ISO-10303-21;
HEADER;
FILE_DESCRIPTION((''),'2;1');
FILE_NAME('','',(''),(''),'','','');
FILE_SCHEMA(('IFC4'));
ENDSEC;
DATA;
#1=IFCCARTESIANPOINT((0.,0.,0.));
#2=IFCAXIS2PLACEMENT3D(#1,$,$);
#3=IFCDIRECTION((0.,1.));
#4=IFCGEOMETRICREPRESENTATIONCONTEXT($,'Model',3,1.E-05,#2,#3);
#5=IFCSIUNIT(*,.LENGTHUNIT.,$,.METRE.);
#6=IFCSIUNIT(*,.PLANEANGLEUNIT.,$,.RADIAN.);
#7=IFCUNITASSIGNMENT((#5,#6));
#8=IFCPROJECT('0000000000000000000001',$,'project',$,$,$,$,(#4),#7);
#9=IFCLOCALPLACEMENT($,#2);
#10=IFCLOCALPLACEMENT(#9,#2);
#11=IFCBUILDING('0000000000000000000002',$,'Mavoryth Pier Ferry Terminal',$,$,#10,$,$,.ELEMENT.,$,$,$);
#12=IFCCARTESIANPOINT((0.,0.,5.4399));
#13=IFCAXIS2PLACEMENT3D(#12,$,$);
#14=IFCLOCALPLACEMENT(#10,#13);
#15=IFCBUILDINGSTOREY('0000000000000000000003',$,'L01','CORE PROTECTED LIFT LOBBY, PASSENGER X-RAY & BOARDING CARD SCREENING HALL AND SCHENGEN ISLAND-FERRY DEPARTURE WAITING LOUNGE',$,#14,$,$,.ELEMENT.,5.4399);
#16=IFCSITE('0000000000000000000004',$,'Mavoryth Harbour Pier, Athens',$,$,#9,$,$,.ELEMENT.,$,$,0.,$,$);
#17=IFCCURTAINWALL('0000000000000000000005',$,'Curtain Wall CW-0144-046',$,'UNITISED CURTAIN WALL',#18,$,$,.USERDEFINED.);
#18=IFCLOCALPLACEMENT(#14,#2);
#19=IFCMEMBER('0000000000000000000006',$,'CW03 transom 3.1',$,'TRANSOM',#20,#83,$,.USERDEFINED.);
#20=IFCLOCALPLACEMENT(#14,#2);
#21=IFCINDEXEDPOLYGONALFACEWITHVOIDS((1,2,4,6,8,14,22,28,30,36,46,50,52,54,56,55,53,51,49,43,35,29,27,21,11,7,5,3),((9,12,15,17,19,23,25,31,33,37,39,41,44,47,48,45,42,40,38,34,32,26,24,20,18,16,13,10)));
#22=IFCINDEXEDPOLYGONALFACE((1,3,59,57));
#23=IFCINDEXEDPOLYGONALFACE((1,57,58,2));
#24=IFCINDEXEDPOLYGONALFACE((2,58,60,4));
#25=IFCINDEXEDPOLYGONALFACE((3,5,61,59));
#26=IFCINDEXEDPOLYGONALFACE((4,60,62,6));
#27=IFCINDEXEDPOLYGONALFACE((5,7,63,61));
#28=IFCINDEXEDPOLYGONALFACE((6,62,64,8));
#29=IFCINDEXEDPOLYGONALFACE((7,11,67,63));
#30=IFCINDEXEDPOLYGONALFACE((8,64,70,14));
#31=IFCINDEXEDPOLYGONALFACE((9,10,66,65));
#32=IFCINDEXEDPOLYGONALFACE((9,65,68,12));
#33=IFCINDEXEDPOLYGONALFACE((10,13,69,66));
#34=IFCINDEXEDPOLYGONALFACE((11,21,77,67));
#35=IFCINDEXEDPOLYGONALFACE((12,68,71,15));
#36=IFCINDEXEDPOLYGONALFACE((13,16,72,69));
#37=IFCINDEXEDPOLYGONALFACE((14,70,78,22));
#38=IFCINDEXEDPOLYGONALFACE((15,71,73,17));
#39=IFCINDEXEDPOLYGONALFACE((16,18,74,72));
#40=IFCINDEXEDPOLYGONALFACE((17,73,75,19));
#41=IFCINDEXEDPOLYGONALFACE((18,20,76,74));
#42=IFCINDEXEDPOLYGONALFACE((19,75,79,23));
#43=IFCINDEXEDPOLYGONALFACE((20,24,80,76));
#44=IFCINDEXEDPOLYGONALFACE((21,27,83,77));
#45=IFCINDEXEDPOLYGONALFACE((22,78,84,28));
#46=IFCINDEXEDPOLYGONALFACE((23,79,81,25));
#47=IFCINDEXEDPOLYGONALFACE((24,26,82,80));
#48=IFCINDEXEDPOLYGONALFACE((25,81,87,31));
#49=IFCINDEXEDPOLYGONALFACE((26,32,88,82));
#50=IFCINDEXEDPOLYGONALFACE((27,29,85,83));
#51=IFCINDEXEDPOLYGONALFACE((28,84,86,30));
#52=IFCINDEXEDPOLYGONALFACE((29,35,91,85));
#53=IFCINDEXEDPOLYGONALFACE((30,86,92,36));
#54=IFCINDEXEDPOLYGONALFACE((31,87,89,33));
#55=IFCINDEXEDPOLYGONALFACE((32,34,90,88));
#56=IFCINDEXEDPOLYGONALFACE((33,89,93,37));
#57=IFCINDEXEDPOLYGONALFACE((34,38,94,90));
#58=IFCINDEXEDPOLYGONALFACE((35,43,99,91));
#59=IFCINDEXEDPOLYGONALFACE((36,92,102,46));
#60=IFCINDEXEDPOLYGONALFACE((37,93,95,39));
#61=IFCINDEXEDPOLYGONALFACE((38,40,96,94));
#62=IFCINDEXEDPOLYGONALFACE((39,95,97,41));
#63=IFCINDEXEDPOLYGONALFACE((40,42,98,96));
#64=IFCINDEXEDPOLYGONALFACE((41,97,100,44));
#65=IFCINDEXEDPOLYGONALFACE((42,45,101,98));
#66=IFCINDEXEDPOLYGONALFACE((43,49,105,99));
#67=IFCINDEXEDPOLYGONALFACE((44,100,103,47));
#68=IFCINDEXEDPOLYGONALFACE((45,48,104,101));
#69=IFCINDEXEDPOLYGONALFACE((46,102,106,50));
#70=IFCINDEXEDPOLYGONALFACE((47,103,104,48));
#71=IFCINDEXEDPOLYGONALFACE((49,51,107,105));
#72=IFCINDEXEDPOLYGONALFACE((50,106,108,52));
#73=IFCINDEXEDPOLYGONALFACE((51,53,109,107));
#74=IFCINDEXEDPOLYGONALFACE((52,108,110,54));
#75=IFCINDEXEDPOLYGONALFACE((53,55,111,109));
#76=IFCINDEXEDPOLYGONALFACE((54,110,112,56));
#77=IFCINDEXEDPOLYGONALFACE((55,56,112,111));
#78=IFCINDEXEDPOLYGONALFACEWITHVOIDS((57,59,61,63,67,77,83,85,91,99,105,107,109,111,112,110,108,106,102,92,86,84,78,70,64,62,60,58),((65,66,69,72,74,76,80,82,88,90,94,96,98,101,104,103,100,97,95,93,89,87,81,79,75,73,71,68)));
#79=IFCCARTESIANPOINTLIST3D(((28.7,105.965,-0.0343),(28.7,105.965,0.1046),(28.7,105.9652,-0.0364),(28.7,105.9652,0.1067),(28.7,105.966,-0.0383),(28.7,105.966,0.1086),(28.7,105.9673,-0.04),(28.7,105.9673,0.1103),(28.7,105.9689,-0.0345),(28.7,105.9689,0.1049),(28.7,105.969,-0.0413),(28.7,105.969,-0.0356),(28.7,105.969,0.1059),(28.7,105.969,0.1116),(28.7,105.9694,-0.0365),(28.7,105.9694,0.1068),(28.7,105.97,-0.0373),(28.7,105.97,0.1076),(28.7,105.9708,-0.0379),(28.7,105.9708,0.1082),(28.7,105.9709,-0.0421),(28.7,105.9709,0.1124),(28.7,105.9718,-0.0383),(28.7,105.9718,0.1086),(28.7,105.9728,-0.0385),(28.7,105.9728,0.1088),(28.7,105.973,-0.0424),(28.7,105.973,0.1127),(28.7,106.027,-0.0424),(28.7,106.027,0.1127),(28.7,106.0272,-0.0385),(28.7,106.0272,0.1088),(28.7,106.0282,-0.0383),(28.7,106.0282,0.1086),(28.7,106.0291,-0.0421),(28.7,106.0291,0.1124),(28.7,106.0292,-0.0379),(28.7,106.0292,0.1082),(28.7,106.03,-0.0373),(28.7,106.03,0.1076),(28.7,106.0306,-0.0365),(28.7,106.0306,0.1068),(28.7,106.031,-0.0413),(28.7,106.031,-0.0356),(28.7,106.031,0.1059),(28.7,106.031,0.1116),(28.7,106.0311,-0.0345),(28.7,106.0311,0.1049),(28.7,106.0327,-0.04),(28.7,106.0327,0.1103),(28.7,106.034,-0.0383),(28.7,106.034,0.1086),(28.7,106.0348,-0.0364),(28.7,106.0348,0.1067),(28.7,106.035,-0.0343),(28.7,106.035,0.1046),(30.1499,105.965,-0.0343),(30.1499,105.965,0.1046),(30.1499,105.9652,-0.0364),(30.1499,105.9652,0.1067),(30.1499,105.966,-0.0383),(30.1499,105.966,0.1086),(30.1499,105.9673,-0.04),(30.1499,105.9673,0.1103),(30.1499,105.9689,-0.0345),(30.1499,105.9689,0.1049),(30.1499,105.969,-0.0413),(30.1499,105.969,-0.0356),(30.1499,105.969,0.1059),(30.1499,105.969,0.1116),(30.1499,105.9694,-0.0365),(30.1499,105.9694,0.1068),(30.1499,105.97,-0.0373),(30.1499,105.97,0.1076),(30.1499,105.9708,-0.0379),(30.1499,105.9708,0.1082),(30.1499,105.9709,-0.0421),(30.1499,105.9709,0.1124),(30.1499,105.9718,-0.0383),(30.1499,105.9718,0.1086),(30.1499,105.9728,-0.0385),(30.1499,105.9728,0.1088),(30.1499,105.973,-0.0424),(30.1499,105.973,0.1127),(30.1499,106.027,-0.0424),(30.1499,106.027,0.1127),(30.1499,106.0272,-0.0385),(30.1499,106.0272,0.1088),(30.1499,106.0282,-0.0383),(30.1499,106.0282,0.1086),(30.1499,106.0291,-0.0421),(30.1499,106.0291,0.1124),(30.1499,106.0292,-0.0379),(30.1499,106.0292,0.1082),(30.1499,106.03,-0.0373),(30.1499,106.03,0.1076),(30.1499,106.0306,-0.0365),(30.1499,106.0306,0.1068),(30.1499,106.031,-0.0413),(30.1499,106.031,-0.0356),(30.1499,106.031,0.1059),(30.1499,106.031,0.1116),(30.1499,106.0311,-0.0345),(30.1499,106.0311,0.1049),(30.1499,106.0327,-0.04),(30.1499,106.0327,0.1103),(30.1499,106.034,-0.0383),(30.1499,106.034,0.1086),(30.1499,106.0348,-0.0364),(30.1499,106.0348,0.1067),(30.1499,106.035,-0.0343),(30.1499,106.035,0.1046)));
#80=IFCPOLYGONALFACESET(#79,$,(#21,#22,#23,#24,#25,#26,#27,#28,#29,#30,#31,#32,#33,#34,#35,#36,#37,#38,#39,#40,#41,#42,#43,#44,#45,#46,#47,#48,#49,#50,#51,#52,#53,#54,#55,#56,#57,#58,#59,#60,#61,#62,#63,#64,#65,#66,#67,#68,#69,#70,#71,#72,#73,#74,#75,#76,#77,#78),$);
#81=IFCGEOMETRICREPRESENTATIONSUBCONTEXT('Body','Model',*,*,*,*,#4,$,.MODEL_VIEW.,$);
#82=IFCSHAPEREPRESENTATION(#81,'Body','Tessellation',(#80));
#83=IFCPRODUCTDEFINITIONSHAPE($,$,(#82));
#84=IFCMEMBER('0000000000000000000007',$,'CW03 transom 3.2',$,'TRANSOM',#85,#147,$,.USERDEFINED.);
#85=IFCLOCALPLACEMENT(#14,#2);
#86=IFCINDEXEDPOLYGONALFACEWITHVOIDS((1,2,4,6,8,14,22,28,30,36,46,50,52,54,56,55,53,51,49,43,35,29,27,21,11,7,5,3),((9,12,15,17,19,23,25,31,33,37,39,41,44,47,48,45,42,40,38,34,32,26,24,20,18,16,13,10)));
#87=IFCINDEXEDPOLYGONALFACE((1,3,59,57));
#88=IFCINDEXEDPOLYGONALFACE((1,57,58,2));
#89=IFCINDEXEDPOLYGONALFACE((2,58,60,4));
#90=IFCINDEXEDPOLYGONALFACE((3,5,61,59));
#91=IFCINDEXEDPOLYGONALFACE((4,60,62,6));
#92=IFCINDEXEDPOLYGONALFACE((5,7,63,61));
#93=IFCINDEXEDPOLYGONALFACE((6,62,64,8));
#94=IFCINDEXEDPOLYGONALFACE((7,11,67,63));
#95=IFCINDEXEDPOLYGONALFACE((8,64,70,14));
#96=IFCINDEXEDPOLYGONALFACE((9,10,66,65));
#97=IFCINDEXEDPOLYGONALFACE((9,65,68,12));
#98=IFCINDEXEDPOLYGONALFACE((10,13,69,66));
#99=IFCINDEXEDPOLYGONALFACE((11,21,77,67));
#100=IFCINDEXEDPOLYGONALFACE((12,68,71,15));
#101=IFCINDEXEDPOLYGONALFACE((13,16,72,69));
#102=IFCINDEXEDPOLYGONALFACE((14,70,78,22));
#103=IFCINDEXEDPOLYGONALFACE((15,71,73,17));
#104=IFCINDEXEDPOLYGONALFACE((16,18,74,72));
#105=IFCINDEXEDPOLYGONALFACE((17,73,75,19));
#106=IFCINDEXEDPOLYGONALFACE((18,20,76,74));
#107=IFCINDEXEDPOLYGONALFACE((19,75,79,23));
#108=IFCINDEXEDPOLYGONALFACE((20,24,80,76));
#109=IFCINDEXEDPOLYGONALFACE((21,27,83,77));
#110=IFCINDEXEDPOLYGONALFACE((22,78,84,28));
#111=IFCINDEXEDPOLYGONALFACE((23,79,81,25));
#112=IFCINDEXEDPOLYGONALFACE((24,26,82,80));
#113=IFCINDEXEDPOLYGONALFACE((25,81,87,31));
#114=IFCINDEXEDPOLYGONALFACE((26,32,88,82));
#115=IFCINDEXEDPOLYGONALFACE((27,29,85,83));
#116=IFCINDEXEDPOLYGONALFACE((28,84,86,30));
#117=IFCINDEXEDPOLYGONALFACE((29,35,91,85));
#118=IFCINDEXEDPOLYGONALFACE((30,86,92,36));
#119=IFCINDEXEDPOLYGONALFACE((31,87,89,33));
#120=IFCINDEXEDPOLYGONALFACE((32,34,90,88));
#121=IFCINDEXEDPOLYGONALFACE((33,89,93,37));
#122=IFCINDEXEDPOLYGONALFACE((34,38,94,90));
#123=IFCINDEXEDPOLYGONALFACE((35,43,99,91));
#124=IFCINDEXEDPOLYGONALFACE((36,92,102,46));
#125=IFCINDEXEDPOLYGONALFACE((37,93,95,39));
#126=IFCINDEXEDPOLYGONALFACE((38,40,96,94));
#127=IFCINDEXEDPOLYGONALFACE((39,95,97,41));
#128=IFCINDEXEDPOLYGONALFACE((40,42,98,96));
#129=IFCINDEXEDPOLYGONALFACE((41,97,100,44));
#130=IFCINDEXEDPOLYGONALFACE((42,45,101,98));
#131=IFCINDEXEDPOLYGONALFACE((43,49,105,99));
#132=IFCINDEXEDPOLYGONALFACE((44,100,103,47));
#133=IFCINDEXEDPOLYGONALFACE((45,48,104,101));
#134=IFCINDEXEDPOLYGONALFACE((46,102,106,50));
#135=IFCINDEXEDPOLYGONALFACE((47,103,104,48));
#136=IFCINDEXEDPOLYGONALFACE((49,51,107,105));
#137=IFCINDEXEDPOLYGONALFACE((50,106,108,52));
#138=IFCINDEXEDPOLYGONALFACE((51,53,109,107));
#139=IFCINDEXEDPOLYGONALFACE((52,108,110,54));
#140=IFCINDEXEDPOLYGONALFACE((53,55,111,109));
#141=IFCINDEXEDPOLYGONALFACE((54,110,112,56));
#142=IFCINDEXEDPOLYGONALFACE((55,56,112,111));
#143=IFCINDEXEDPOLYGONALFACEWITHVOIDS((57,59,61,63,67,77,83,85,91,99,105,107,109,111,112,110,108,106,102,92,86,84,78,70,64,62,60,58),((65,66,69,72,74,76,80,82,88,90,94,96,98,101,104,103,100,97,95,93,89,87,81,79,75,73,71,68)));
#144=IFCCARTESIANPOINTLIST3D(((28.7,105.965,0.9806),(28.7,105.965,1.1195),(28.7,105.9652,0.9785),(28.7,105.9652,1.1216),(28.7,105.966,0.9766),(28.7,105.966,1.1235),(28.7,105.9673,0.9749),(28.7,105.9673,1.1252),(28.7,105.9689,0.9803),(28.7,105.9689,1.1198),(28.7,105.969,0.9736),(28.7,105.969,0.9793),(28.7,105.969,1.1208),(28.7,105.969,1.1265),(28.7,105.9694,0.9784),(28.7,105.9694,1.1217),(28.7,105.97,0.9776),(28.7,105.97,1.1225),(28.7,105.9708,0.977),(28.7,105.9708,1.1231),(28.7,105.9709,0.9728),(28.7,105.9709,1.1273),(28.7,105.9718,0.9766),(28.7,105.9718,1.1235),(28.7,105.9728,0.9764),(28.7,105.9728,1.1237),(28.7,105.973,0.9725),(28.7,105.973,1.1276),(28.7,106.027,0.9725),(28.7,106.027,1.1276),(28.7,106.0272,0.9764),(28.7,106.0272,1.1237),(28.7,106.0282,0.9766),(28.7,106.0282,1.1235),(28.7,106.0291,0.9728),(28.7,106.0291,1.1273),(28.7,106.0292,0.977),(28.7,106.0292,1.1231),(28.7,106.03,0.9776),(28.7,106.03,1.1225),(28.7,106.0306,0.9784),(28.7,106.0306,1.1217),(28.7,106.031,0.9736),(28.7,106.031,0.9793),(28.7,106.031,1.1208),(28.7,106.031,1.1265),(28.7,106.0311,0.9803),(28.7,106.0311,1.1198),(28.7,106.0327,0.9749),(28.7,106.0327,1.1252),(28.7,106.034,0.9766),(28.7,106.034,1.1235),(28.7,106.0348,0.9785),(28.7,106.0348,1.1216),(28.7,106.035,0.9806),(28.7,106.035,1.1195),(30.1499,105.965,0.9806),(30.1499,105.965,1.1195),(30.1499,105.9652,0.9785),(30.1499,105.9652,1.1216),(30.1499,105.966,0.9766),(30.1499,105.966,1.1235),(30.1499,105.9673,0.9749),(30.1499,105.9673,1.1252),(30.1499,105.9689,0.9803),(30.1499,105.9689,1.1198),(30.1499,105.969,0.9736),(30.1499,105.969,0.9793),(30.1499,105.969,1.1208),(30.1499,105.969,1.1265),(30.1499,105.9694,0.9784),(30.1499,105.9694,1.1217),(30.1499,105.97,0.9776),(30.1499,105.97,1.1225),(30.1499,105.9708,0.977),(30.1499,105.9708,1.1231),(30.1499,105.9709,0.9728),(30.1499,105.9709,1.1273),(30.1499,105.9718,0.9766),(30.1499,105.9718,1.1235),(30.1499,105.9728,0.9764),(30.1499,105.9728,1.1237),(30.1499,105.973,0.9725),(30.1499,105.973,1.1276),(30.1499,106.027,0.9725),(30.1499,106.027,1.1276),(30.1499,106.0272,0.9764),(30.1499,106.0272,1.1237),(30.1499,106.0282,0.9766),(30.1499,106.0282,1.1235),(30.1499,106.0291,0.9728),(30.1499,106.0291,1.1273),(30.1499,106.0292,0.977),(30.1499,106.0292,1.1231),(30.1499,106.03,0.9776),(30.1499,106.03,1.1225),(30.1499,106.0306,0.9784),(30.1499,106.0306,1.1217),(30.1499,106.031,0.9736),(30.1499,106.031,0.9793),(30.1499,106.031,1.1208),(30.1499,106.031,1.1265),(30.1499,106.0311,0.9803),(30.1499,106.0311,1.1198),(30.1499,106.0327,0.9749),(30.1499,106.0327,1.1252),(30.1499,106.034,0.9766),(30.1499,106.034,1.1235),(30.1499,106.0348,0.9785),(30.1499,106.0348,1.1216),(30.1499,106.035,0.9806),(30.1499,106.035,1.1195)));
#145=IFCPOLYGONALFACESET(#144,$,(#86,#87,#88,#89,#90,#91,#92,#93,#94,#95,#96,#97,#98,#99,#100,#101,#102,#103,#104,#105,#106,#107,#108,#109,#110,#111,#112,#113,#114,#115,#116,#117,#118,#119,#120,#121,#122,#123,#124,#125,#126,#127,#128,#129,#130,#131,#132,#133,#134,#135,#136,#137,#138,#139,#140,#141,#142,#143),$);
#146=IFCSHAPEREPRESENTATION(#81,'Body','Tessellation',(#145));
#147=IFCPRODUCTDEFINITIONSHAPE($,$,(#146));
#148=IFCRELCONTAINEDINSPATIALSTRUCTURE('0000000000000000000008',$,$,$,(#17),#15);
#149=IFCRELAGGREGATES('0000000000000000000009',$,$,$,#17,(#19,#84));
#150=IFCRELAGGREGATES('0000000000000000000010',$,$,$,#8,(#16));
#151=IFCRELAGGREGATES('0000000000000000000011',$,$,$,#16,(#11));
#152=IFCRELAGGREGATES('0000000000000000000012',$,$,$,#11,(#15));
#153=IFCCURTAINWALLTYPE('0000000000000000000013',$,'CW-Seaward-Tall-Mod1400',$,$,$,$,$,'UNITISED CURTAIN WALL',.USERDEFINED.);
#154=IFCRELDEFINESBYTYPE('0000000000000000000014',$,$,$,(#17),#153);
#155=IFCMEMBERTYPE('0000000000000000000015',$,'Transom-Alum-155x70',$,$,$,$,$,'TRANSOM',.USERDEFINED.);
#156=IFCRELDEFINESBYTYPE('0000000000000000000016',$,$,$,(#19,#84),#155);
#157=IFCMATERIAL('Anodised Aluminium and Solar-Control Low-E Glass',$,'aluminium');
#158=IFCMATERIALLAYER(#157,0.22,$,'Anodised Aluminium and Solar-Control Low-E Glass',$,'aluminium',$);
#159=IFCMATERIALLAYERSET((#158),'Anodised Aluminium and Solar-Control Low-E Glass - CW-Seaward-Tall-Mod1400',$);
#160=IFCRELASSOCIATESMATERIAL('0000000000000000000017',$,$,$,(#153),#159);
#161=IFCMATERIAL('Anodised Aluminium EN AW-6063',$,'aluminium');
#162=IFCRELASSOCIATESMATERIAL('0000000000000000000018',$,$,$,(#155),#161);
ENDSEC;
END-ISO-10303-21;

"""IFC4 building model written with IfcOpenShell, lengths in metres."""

from ifc_helpers import new_model, si_unit, direction, frame, origin, origin_2d, place, context, subcontext, project, spatial, hollow_rectangle, extrude, material, layer, layer_set, material_profile, profile_set, type_object, element, aggregate, save


model = new_model("IFC4")

# Units and contexts
model_context = context("Model", 3, precision=1e-05, world=origin(), true_north=direction((0.0, 1.0)))
body_context = subcontext(model_context, "Body", "Model", "MODEL_VIEW")
ifc_project = project(units=[si_unit("LENGTHUNIT", "METRE"), si_unit("PLANEANGLEUNIT", "RADIAN")], contexts=[model_context])

# Site, building, storey
site_placement = place(None, origin())
site = spatial("IfcSite", under=ifc_project, at=site_placement, Name="Mavoryth Harbour Pier, Athens", CompositionType="ELEMENT", RefElevation=0.0)
building_placement = place(site_placement, origin())
building = spatial("IfcBuilding", under=site, at=building_placement, Name="Mavoryth Pier Ferry Terminal", CompositionType="ELEMENT")
storey_placement = place(building_placement, frame((0.0, 0.0, 5.4399)))
storey = spatial("IfcBuildingStorey", under=building, at=storey_placement, Name="L01", Description="CORE PROTECTED LIFT LOBBY, PASSENGER X-RAY & BOARDING CARD SCREENING HALL AND SCHENGEN ISLAND-FERRY DEPARTURE WAITING LOUNGE", CompositionType="ELEMENT", Elevation=5.4399)

# Curtain wall
ifc_material_1 = material(Name="Anodised Aluminium and Solar-Control Low-E Glass", Category="aluminium")
ifc_layer_1 = layer(ifc_material_1, 0.22, Name="Anodised Aluminium and Solar-Control Low-E Glass", Category="aluminium")
ifc_layer_set_1 = layer_set([ifc_layer_1], Name="Anodised Aluminium and Solar-Control Low-E Glass - CW-Seaward-Tall-Mod1400")
curtain_wall_type = type_object("IfcCurtainWallType", Name="CW-Seaward-Tall-Mod1400", ElementType="UNITISED CURTAIN WALL", PredefinedType="USERDEFINED", material=ifc_layer_set_1)
ifc_material_2 = material(Name="Anodised Aluminium EN AW-6063", Category="aluminium")
curtain_wall_1_placement = place(storey_placement, origin())
curtain_wall_1 = element("IfcCurtainWall", 1, at=curtain_wall_1_placement, inside=storey, type_object=curtain_wall_type, Name="Curtain Wall CW-0144-046", ObjectType="UNITISED CURTAIN WALL", PredefinedType="USERDEFINED")

# Members
ifc_material_profile_1 = material_profile(ifc_material_2, hollow_rectangle(XDim=0.0701, YDim=0.155, WallThickness=0.0039, InnerFilletRadius=0.0039, OuterFilletRadius=0.0081, at=origin_2d()), Name="AL-TRAN 155x70x4", Category="aluminium")
ifc_profile_set_1 = profile_set([ifc_material_profile_1], Name="Anodised Aluminium EN AW-6063 - AL-TRAN 155x70x4")
member_type_1 = type_object("IfcMemberType", Name="Transom-Alum-155x70", ElementType="TRANSOM", PredefinedType="USERDEFINED", material=ifc_profile_set_1)
member_1_placement = place(storey_placement, frame((30.1499, 106.0, 0.0352), z_axis=(-1.0, 0.0, 0.0), x_axis=(0.0, -1.0, 0.0)))
member_1 = element("IfcMember", 2, at=member_1_placement, type_object=member_type_1, Name="CW03 transom 3.1", ObjectType="TRANSOM", PredefinedType="USERDEFINED", context=body_context, shape_type="SweptSolid", body=[
    extrude(hollow_rectangle(XDim=0.0701, YDim=0.155, WallThickness=0.0039, InnerFilletRadius=0.0039, OuterFilletRadius=0.0081, at=origin_2d()), origin(), (0.0, 0.0, 1.0), 1.45),
])
member_2_placement = place(storey_placement, frame((30.1499, 106.0, 1.05), z_axis=(-1.0, 0.0, 0.0), x_axis=(0.0, -1.0, 0.0)))
member_2 = element("IfcMember", 3, at=member_2_placement, type_object=member_type_1, Name="CW03 transom 3.2", ObjectType="TRANSOM", PredefinedType="USERDEFINED", context=body_context, shape_type="SweptSolid", body=[
    extrude(hollow_rectangle(XDim=0.0701, YDim=0.155, WallThickness=0.0039, InnerFilletRadius=0.0039, OuterFilletRadius=0.0081, at=origin_2d()), origin(), (0.0, 0.0, 1.0), 1.45),
])

aggregate(curtain_wall_1, [member_1, member_2])

save(model, "model.ifc")
